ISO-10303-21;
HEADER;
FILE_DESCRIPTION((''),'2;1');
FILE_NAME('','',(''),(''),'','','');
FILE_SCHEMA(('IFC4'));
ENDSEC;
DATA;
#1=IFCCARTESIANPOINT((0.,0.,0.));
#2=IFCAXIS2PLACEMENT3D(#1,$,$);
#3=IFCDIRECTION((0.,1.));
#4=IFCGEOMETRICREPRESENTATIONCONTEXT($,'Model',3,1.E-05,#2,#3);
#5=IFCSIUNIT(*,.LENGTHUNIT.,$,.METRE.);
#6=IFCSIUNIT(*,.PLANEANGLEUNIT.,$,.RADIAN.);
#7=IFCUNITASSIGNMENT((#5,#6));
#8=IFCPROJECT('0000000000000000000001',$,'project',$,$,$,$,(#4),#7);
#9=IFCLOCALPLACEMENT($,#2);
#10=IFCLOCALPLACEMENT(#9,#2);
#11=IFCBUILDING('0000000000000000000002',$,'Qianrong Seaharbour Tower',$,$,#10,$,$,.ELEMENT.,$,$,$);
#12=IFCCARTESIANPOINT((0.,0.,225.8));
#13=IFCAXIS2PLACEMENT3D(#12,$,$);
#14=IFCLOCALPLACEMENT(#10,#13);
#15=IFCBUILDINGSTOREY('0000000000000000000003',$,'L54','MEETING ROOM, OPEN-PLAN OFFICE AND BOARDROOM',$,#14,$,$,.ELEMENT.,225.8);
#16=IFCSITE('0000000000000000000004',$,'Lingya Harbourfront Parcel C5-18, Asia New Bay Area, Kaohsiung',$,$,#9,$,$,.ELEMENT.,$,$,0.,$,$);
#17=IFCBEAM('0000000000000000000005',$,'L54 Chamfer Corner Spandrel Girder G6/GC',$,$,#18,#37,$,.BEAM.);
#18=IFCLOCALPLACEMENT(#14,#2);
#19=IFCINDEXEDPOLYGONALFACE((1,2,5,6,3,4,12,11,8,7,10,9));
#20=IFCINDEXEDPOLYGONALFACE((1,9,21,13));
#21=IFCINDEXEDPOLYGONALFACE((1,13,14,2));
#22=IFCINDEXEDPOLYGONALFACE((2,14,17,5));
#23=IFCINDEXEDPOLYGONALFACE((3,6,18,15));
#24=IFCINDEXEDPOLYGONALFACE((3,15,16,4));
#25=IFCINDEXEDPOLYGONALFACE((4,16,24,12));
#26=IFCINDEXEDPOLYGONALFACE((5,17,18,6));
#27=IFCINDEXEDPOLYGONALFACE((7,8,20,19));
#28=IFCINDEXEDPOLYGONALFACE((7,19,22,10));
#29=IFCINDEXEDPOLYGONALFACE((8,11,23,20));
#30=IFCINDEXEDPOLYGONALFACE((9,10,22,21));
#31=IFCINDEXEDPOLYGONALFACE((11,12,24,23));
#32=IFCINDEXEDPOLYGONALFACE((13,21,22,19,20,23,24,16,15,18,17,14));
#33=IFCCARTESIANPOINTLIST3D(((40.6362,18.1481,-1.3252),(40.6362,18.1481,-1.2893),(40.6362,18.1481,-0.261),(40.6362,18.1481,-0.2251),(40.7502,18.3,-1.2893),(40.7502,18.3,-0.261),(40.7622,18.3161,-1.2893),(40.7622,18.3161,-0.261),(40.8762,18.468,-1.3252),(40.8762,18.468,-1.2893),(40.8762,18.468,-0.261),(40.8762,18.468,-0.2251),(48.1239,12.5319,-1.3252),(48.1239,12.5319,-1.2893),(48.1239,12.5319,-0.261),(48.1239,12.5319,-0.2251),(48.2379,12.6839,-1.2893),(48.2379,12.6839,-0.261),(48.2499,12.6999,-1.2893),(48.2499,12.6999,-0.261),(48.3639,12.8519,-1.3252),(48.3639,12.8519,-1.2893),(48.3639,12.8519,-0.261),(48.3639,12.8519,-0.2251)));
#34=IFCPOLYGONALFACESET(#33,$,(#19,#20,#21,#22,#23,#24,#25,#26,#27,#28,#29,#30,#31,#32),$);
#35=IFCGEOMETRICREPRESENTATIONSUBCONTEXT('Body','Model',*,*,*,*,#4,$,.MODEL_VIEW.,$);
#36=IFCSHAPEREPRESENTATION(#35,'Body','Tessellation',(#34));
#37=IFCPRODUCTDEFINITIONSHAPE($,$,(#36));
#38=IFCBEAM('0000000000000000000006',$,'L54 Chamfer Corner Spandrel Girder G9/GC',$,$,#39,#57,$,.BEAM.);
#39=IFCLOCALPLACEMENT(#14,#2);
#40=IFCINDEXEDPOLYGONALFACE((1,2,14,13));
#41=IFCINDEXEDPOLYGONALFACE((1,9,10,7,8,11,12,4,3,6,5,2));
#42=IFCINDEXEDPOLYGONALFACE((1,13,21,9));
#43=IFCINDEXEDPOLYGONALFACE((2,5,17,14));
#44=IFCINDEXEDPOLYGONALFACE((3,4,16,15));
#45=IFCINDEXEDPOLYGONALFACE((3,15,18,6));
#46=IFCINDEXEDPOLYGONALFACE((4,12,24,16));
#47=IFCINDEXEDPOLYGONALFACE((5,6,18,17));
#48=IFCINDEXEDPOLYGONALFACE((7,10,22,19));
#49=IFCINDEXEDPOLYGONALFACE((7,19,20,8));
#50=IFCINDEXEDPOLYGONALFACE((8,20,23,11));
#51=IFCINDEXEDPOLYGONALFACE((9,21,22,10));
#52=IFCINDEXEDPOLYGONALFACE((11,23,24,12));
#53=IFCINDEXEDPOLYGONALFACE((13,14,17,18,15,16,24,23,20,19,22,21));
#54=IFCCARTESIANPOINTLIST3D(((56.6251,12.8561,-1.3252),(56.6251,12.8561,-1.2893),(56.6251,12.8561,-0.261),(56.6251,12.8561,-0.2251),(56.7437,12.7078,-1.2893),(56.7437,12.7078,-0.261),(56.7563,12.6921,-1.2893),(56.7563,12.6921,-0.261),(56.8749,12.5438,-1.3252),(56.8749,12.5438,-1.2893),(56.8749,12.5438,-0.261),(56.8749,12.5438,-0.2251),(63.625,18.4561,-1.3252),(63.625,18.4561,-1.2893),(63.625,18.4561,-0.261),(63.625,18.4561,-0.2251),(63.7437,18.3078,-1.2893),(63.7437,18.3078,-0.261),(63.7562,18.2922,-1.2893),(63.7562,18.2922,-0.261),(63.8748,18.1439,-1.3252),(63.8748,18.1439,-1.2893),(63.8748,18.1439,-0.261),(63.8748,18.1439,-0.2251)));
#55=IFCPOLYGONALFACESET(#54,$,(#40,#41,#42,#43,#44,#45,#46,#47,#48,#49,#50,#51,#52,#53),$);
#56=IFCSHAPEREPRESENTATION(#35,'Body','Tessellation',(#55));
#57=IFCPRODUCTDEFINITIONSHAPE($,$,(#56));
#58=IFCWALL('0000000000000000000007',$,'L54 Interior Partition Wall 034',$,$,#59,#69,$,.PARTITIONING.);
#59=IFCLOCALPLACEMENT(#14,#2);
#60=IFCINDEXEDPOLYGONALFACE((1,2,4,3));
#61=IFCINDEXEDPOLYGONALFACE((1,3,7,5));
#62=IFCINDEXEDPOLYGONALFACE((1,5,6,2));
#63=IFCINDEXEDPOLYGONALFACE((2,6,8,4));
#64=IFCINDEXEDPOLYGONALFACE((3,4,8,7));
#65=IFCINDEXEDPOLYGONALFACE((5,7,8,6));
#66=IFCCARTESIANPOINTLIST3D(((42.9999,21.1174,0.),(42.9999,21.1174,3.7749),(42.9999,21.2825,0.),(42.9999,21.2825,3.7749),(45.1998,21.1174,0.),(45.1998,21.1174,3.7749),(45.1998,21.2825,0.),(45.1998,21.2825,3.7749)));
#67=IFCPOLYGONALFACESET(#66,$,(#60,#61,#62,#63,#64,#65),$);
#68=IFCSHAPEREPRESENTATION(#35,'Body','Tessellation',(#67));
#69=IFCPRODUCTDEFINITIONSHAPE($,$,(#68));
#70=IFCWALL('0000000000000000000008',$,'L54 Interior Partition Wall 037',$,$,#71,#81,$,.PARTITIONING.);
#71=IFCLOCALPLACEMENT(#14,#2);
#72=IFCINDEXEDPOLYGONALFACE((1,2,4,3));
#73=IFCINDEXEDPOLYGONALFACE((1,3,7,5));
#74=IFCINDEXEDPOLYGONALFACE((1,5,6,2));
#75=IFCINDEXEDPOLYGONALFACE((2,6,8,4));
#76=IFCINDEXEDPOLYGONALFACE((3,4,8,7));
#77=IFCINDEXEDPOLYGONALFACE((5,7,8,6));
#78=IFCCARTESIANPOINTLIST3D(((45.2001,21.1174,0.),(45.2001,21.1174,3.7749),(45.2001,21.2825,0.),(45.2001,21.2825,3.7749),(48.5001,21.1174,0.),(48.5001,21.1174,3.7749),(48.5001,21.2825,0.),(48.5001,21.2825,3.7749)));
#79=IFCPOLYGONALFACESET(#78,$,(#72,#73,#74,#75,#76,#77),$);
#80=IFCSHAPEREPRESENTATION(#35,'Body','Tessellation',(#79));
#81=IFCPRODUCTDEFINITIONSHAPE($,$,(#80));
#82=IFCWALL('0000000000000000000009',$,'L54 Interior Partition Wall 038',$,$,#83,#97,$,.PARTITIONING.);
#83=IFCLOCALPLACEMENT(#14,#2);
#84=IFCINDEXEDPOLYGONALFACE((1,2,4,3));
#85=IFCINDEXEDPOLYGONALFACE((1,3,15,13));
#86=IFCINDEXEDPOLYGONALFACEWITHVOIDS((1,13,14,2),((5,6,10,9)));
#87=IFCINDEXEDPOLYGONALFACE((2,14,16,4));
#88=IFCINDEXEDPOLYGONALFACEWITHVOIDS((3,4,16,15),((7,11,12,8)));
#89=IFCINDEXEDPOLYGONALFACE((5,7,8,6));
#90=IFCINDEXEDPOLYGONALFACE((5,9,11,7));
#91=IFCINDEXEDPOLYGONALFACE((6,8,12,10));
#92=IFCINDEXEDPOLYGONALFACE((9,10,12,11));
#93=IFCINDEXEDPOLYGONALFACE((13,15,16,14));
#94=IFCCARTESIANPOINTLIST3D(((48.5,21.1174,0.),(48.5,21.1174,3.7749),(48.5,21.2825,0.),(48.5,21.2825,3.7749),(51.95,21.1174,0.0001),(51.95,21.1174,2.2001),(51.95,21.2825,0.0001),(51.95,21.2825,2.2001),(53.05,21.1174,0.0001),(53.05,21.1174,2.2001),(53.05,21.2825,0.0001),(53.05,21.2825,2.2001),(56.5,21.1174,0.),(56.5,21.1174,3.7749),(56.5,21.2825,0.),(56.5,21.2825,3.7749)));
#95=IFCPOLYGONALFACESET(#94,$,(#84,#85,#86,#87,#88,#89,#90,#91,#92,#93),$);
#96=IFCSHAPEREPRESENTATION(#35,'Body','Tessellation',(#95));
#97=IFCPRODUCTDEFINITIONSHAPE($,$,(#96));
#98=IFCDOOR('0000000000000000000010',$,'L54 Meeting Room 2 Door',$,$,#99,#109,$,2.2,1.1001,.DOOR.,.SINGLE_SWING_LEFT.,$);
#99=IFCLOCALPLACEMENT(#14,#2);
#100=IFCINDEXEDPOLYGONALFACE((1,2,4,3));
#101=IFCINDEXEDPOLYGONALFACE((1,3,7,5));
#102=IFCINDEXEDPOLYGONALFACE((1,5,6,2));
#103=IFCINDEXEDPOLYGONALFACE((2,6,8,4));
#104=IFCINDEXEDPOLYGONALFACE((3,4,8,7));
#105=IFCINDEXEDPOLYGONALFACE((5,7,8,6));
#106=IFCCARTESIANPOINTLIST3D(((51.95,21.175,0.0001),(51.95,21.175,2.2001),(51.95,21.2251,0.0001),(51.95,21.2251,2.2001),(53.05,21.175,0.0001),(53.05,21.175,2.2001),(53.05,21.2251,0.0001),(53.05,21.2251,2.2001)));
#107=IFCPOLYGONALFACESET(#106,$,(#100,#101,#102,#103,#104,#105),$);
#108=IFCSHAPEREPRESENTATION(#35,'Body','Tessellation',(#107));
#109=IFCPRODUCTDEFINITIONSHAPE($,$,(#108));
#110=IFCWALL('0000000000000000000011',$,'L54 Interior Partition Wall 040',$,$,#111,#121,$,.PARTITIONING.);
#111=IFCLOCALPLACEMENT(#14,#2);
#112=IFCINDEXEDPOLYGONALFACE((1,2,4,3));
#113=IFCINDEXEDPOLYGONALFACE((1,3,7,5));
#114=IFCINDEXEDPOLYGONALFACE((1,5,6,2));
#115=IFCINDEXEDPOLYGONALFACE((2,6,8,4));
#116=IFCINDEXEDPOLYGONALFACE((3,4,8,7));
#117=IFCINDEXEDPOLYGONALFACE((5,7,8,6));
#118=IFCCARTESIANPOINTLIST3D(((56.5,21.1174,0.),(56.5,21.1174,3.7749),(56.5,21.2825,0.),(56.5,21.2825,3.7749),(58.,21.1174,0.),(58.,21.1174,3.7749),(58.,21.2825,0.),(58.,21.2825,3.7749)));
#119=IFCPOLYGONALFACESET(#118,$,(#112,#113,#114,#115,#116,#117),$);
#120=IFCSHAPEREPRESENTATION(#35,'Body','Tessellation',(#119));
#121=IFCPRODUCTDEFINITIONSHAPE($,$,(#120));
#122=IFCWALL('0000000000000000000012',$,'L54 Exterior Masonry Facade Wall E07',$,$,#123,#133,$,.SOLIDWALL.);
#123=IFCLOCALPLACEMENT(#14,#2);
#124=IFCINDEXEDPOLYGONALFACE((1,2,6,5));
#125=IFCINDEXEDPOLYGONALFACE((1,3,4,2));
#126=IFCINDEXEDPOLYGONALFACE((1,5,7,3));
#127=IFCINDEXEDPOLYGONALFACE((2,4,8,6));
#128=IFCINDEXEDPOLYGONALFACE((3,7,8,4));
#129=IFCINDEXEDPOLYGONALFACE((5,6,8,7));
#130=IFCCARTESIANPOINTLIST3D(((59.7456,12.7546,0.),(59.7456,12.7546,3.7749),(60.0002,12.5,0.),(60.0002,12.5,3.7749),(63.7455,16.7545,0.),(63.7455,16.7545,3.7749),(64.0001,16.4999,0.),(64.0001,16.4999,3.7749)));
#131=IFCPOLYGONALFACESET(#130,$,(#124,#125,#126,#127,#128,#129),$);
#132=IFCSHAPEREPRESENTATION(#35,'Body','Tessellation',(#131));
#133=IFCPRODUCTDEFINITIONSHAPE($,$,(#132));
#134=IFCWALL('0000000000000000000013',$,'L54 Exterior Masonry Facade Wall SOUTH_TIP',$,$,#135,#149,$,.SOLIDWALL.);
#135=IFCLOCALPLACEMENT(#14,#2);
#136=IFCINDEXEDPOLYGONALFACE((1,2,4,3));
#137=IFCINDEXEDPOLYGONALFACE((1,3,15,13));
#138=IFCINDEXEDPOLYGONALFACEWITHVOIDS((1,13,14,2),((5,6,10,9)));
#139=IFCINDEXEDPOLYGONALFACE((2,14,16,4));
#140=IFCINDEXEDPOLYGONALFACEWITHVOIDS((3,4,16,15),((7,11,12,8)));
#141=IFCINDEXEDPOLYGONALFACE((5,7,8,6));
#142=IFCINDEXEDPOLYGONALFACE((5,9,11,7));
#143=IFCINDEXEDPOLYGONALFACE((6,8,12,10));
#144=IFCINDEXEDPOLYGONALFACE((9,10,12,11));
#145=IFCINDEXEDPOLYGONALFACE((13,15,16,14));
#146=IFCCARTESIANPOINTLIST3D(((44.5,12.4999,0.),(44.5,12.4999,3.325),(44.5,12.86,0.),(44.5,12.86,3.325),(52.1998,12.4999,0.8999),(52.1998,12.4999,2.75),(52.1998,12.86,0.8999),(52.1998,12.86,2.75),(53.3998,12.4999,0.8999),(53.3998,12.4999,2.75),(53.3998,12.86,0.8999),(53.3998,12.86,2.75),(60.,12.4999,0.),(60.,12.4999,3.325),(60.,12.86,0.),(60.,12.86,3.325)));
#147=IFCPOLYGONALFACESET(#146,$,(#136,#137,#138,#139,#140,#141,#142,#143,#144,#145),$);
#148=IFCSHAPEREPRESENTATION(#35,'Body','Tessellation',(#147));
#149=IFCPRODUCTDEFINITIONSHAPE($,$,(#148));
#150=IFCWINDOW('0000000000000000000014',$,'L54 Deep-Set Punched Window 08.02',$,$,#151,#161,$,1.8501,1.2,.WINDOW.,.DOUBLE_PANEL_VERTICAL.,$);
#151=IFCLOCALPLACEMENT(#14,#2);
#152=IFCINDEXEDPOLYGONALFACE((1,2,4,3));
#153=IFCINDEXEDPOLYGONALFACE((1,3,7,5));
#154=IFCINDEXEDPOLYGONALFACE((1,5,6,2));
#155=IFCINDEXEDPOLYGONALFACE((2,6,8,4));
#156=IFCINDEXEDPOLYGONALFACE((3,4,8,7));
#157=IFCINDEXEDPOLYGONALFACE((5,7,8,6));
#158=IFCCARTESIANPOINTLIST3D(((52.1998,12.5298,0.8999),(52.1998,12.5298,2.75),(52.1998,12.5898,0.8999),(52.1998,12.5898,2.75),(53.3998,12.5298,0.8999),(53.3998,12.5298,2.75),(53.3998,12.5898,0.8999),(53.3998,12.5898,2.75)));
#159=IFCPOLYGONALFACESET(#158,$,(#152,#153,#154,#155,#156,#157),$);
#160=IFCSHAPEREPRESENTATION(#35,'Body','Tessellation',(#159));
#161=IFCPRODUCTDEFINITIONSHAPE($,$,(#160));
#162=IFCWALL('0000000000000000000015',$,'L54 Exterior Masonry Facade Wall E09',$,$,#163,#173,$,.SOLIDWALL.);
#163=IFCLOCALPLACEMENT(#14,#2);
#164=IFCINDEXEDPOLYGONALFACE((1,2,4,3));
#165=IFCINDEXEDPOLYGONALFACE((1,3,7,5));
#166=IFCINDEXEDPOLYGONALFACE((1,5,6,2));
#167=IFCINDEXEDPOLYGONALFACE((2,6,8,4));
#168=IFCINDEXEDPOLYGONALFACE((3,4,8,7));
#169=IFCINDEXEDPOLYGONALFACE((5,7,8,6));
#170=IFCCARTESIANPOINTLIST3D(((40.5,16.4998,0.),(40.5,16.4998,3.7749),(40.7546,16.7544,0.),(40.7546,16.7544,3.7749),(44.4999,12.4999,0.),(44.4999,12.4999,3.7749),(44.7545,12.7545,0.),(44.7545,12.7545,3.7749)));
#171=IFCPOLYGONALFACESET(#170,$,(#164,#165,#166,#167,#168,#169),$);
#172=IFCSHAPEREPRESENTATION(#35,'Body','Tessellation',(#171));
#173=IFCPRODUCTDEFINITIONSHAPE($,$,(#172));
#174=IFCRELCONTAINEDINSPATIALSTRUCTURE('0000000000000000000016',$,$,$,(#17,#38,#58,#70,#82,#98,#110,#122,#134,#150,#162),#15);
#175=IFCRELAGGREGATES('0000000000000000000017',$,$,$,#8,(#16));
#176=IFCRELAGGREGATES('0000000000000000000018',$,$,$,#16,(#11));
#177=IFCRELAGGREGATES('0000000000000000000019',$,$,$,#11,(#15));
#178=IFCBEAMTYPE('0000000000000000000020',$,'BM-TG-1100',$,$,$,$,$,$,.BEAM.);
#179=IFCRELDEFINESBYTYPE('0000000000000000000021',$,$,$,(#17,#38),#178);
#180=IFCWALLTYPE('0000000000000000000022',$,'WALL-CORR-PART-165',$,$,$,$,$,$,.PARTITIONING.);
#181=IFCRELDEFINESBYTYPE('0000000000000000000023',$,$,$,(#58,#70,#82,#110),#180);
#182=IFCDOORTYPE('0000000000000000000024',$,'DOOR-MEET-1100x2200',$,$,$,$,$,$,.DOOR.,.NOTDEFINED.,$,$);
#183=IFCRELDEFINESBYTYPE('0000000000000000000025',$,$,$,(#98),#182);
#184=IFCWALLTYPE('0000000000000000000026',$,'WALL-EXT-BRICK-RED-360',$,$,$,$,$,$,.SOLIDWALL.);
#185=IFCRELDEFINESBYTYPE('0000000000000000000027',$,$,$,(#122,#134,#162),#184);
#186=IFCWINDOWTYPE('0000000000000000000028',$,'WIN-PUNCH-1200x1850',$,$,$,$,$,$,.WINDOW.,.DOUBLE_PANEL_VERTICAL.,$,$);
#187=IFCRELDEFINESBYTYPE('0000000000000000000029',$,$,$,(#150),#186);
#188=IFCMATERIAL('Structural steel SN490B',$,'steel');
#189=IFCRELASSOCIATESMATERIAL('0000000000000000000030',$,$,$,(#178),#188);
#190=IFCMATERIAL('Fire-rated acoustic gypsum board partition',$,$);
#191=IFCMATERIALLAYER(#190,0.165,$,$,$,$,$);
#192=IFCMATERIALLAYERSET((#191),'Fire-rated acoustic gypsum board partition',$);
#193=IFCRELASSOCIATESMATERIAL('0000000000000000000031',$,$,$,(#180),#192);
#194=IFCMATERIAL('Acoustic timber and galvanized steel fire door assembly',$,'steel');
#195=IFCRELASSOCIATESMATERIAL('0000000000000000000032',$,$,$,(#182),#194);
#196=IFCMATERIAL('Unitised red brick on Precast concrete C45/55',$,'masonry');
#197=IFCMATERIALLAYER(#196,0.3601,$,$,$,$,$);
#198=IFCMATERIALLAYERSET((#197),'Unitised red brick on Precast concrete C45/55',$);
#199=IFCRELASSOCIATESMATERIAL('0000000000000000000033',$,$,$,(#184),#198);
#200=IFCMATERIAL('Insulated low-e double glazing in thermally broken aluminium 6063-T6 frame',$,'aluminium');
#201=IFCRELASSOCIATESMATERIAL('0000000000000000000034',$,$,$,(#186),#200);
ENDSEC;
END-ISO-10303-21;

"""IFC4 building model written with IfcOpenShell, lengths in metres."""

from ifc_helpers import new_model, si_unit, direction, frame, frame_2d, origin, origin_2d, place, context, subcontext, project, spatial, rectangle, i_section, extrude, material, layer, layer_set, material_profile, profile_set, type_object, element, fill, save


model = new_model("IFC4")

# Units and contexts
model_context = context("Model", 3, precision=1e-05, world=origin(), true_north=direction((0.0, 1.0)))
body_context = subcontext(model_context, "Body", "Model", "MODEL_VIEW")
ifc_project = project(units=[si_unit("LENGTHUNIT", "METRE"), si_unit("PLANEANGLEUNIT", "RADIAN")], contexts=[model_context])

# Site, building, storey
site_placement = place(None, origin())
site = spatial("IfcSite", under=ifc_project, at=site_placement, Name="Lingya Harbourfront Parcel C5-18, Asia New Bay Area, Kaohsiung", CompositionType="ELEMENT", RefElevation=0.0)
building_placement = place(site_placement, origin())
building = spatial("IfcBuilding", under=site, at=building_placement, Name="Qianrong Seaharbour Tower", CompositionType="ELEMENT")
storey_placement = place(building_placement, frame((0.0, 0.0, 225.8)))
storey = spatial("IfcBuildingStorey", under=building, at=storey_placement, Name="L54", Description="MEETING ROOM, OPEN-PLAN OFFICE AND BOARDROOM", CompositionType="ELEMENT", Elevation=225.8)

# Shared definitions
ifc_material_1 = material(Name="Structural steel SN490B", Category="steel")

# Beams
ifc_material_profile_1 = material_profile(ifc_material_1, i_section(OverallWidth=0.3999, OverallDepth=1.1001, WebThickness=0.02, FlangeThickness=0.0359, at=origin_2d()), Name="BH1100x400x20x36")
ifc_profile_set_1 = profile_set([ifc_material_profile_1], Name="Structural steel SN490B")
beam_type_1 = type_object("IfcBeamType", Name="BM-TG-1100", PredefinedType="BEAM", material=ifc_profile_set_1)
beam_1_placement = place(storey_placement, frame((48.2439, 12.6919, -0.7751), z_axis=(-0.799981, 0.600025, 0.0), x_axis=(-0.600025, -0.799981, 0.0)))
element("IfcBeam", 1, at=beam_1_placement, inside=storey, type_object=beam_type_1, Name="L54 Chamfer Corner Spandrel Girder G6/GC", PredefinedType="BEAM", context=body_context, shape_type="SweptSolid", body=[
    extrude(i_section(OverallWidth=0.3999, OverallDepth=1.1001, WebThickness=0.02, FlangeThickness=0.0359, at=origin_2d()), origin(), (0.0, 0.0, 1.0), 9.3599),
])
beam_2_placement = place(storey_placement, frame((56.75, 12.7, -0.7751), z_axis=(0.780863, 0.624702, 0.0), x_axis=(-0.624702, 0.780863, 0.0)))
element("IfcBeam", 2, at=beam_2_placement, inside=storey, type_object=beam_type_1, Name="L54 Chamfer Corner Spandrel Girder G9/GC", PredefinedType="BEAM", context=body_context, shape_type="SweptSolid", body=[
    extrude(i_section(OverallWidth=0.3999, OverallDepth=1.1001, WebThickness=0.02, FlangeThickness=0.0359, at=origin_2d()), origin(), (0.0, 0.0, 1.0), 8.9644),
])

# Walls
ifc_material_2 = material(Name="Fire-rated acoustic gypsum board partition")
ifc_layer_1 = layer(ifc_material_2, 0.165)
ifc_layer_set_1 = layer_set([ifc_layer_1], Name="Fire-rated acoustic gypsum board partition")
wall_type_1 = type_object("IfcWallType", Name="WALL-CORR-PART-165", PredefinedType="PARTITIONING", material=ifc_layer_set_1)
wall_1_placement = place(storey_placement, frame((45.2, 21.2, 0.0), z_axis=(0.0, 0.0, 1.0), x_axis=(-1.0, 0.0, 0.0)))
element("IfcWall", 3, at=wall_1_placement, inside=storey, type_object=wall_type_1, Name="L54 Interior Partition Wall 034", PredefinedType="PARTITIONING", context=body_context, shape_type="SweptSolid", body=[
    extrude(rectangle(XDim=2.2, YDim=0.165, at=frame_2d((1.1001, 0.0))), origin(), (0.0, 0.0, 1.0), 3.7749),
])
wall_2_placement = place(storey_placement, frame((48.5, 21.2, 0.0), z_axis=(0.0, 0.0, 1.0), x_axis=(-1.0, 0.0, 0.0)))
element("IfcWall", 4, at=wall_2_placement, inside=storey, type_object=wall_type_1, Name="L54 Interior Partition Wall 037", PredefinedType="PARTITIONING", context=body_context, shape_type="SweptSolid", body=[
    extrude(rectangle(XDim=3.3, YDim=0.165, at=frame_2d((1.6499, 0.0))), origin(), (0.0, 0.0, 1.0), 3.7749),
])

# Wall, opening, door
wall_3_placement = place(storey_placement, frame((56.5, 21.2, 0.0), z_axis=(0.0, 0.0, 1.0), x_axis=(-1.0, 0.0, 0.0)))
wall_3 = element("IfcWall", 5, at=wall_3_placement, inside=storey, type_object=wall_type_1, Name="L54 Interior Partition Wall 038", PredefinedType="PARTITIONING", context=body_context, shape_type="SweptSolid", body=[
    extrude(rectangle(XDim=8.0, YDim=0.165, at=frame_2d((4.0, 0.0))), origin(), (0.0, 0.0, 1.0), 3.7749),
])
opening_1_placement = place(wall_3_placement, frame((3.45, 0.0, 0.0)))
opening_1 = element("IfcOpeningElement", 6, at=opening_1_placement, cuts=wall_3, PredefinedType="OPENING", context=body_context, shape_type="SweptSolid", body=[
    extrude(rectangle(XDim=1.1001, YDim=2.2, at=frame_2d((0.55, 1.1001))), frame((0.0, 0.0925, 0.0), z_axis=(0.0, -1.0, 0.0), x_axis=(1.0, 0.0, 0.0)), (0.0, 0.0, 1.0), 0.1851),
])
ifc_material_3 = material(Name="Acoustic timber and galvanized steel fire door assembly", Category="steel")
door_type = type_object("IfcDoorType", Name="DOOR-MEET-1100x2200", OperationType="NOTDEFINED", PredefinedType="DOOR", material=ifc_material_3)
door_placement = place(opening_1_placement, origin())
door = element("IfcDoor", 7, at=door_placement, inside=storey, type_object=door_type, Name="L54 Meeting Room 2 Door", OperationType="SINGLE_SWING_LEFT", OverallHeight=2.2, OverallWidth=1.1001, PredefinedType="DOOR", context=body_context, shape_type="SweptSolid", body=[
    extrude(rectangle(XDim=1.1001, YDim=2.2, at=frame_2d((0.55, 1.1001))), frame((0.0, 0.0249, 0.0), z_axis=(0.0, -1.0, 0.0), x_axis=(1.0, 0.0, 0.0)), (0.0, 0.0, 1.0), 0.05),
])
fill(opening_1, door)

# Walls
wall_4_placement = place(storey_placement, frame((58.0, 21.2, 0.0), z_axis=(0.0, 0.0, 1.0), x_axis=(-1.0, 0.0, 0.0)))
element("IfcWall", 8, at=wall_4_placement, inside=storey, type_object=wall_type_1, Name="L54 Interior Partition Wall 040", PredefinedType="PARTITIONING", context=body_context, shape_type="SweptSolid", body=[
    extrude(rectangle(XDim=1.5, YDim=0.165, at=frame_2d((0.75, 0.0))), origin(), (0.0, 0.0, 1.0), 3.7749),
])
ifc_material_4 = material(Name="Unitised red brick on Precast concrete C45/55", Category="masonry")
ifc_layer_2 = layer(ifc_material_4, 0.3601)
ifc_layer_set_2 = layer_set([ifc_layer_2], Name="Unitised red brick on Precast concrete C45/55")
wall_type_2 = type_object("IfcWallType", Name="WALL-EXT-BRICK-RED-360", PredefinedType="SOLIDWALL", material=ifc_layer_set_2)
wall_5_placement = place(storey_placement, frame((63.8728, 16.6272, 0.0), z_axis=(0.0, 0.0, 1.0), x_axis=(-0.707107, -0.707107, 0.0)))
element("IfcWall", 9, at=wall_5_placement, inside=storey, type_object=wall_type_2, Name="L54 Exterior Masonry Facade Wall E07", PredefinedType="SOLIDWALL", context=body_context, shape_type="SweptSolid", body=[
    extrude(rectangle(XDim=5.6567, YDim=0.3601, at=frame_2d((2.8284, 0.0))), origin(), (0.0, 0.0, 1.0), 3.7749),
])

# Wall, opening, window
wall_6_placement = place(storey_placement, frame((60.0, 12.6799, 0.0), z_axis=(0.0, 0.0, 1.0), x_axis=(-1.0, 0.0, 0.0)))
wall_6 = element("IfcWall", 10, at=wall_6_placement, inside=storey, type_object=wall_type_2, Name="L54 Exterior Masonry Facade Wall SOUTH_TIP", PredefinedType="SOLIDWALL", context=body_context, shape_type="SweptSolid", body=[
    extrude(rectangle(XDim=15.5, YDim=0.3601, at=frame_2d((7.75, 0.0))), origin(), (0.0, 0.0, 1.0), 3.325),
])
opening_2_placement = place(wall_6_placement, frame((6.6001, 0.0, 0.8999)))
opening_2 = element("IfcOpeningElement", 11, at=opening_2_placement, cuts=wall_6, PredefinedType="OPENING", context=body_context, shape_type="SweptSolid", body=[
    extrude(rectangle(XDim=1.2, YDim=1.8501, at=frame_2d((0.6001, 0.925))), frame((0.0, 0.1899, 0.0), z_axis=(0.0, -1.0, 0.0), x_axis=(1.0, 0.0, 0.0)), (0.0, 0.0, 1.0), 0.3801),
])
ifc_material_5 = material(Name="Insulated low-e double glazing in thermally broken aluminium 6063-T6 frame", Category="aluminium")
window_type = type_object("IfcWindowType", Name="WIN-PUNCH-1200x1850", PartitioningType="DOUBLE_PANEL_VERTICAL", PredefinedType="WINDOW", material=ifc_material_5)
window_placement = place(opening_2_placement, origin())
window = element("IfcWindow", 12, at=window_placement, inside=storey, type_object=window_type, Name="L54 Deep-Set Punched Window 08.02", OverallHeight=1.8501, OverallWidth=1.2, PartitioningType="DOUBLE_PANEL_VERTICAL", PredefinedType="WINDOW", context=body_context, shape_type="SweptSolid", body=[
    extrude(rectangle(XDim=1.2, YDim=1.8501, at=frame_2d((0.6001, 0.925))), frame((0.0, 0.1501, 0.0), z_axis=(0.0, -1.0, 0.0), x_axis=(1.0, 0.0, 0.0)), (0.0, 0.0, 1.0), 0.0601),
])
fill(opening_2, window)

# Wall
wall_7_placement = place(storey_placement, frame((44.6272, 12.6272, 0.0), z_axis=(0.0, 0.0, 1.0), x_axis=(-0.707107, 0.707107, 0.0)))
element("IfcWall", 13, at=wall_7_placement, inside=storey, type_object=wall_type_2, Name="L54 Exterior Masonry Facade Wall E09", PredefinedType="SOLIDWALL", context=body_context, shape_type="SweptSolid", body=[
    extrude(rectangle(XDim=5.6567, YDim=0.3601, at=frame_2d((2.8284, 0.0))), origin(), (0.0, 0.0, 1.0), 3.7749),
])

save(model, "model.ifc")
